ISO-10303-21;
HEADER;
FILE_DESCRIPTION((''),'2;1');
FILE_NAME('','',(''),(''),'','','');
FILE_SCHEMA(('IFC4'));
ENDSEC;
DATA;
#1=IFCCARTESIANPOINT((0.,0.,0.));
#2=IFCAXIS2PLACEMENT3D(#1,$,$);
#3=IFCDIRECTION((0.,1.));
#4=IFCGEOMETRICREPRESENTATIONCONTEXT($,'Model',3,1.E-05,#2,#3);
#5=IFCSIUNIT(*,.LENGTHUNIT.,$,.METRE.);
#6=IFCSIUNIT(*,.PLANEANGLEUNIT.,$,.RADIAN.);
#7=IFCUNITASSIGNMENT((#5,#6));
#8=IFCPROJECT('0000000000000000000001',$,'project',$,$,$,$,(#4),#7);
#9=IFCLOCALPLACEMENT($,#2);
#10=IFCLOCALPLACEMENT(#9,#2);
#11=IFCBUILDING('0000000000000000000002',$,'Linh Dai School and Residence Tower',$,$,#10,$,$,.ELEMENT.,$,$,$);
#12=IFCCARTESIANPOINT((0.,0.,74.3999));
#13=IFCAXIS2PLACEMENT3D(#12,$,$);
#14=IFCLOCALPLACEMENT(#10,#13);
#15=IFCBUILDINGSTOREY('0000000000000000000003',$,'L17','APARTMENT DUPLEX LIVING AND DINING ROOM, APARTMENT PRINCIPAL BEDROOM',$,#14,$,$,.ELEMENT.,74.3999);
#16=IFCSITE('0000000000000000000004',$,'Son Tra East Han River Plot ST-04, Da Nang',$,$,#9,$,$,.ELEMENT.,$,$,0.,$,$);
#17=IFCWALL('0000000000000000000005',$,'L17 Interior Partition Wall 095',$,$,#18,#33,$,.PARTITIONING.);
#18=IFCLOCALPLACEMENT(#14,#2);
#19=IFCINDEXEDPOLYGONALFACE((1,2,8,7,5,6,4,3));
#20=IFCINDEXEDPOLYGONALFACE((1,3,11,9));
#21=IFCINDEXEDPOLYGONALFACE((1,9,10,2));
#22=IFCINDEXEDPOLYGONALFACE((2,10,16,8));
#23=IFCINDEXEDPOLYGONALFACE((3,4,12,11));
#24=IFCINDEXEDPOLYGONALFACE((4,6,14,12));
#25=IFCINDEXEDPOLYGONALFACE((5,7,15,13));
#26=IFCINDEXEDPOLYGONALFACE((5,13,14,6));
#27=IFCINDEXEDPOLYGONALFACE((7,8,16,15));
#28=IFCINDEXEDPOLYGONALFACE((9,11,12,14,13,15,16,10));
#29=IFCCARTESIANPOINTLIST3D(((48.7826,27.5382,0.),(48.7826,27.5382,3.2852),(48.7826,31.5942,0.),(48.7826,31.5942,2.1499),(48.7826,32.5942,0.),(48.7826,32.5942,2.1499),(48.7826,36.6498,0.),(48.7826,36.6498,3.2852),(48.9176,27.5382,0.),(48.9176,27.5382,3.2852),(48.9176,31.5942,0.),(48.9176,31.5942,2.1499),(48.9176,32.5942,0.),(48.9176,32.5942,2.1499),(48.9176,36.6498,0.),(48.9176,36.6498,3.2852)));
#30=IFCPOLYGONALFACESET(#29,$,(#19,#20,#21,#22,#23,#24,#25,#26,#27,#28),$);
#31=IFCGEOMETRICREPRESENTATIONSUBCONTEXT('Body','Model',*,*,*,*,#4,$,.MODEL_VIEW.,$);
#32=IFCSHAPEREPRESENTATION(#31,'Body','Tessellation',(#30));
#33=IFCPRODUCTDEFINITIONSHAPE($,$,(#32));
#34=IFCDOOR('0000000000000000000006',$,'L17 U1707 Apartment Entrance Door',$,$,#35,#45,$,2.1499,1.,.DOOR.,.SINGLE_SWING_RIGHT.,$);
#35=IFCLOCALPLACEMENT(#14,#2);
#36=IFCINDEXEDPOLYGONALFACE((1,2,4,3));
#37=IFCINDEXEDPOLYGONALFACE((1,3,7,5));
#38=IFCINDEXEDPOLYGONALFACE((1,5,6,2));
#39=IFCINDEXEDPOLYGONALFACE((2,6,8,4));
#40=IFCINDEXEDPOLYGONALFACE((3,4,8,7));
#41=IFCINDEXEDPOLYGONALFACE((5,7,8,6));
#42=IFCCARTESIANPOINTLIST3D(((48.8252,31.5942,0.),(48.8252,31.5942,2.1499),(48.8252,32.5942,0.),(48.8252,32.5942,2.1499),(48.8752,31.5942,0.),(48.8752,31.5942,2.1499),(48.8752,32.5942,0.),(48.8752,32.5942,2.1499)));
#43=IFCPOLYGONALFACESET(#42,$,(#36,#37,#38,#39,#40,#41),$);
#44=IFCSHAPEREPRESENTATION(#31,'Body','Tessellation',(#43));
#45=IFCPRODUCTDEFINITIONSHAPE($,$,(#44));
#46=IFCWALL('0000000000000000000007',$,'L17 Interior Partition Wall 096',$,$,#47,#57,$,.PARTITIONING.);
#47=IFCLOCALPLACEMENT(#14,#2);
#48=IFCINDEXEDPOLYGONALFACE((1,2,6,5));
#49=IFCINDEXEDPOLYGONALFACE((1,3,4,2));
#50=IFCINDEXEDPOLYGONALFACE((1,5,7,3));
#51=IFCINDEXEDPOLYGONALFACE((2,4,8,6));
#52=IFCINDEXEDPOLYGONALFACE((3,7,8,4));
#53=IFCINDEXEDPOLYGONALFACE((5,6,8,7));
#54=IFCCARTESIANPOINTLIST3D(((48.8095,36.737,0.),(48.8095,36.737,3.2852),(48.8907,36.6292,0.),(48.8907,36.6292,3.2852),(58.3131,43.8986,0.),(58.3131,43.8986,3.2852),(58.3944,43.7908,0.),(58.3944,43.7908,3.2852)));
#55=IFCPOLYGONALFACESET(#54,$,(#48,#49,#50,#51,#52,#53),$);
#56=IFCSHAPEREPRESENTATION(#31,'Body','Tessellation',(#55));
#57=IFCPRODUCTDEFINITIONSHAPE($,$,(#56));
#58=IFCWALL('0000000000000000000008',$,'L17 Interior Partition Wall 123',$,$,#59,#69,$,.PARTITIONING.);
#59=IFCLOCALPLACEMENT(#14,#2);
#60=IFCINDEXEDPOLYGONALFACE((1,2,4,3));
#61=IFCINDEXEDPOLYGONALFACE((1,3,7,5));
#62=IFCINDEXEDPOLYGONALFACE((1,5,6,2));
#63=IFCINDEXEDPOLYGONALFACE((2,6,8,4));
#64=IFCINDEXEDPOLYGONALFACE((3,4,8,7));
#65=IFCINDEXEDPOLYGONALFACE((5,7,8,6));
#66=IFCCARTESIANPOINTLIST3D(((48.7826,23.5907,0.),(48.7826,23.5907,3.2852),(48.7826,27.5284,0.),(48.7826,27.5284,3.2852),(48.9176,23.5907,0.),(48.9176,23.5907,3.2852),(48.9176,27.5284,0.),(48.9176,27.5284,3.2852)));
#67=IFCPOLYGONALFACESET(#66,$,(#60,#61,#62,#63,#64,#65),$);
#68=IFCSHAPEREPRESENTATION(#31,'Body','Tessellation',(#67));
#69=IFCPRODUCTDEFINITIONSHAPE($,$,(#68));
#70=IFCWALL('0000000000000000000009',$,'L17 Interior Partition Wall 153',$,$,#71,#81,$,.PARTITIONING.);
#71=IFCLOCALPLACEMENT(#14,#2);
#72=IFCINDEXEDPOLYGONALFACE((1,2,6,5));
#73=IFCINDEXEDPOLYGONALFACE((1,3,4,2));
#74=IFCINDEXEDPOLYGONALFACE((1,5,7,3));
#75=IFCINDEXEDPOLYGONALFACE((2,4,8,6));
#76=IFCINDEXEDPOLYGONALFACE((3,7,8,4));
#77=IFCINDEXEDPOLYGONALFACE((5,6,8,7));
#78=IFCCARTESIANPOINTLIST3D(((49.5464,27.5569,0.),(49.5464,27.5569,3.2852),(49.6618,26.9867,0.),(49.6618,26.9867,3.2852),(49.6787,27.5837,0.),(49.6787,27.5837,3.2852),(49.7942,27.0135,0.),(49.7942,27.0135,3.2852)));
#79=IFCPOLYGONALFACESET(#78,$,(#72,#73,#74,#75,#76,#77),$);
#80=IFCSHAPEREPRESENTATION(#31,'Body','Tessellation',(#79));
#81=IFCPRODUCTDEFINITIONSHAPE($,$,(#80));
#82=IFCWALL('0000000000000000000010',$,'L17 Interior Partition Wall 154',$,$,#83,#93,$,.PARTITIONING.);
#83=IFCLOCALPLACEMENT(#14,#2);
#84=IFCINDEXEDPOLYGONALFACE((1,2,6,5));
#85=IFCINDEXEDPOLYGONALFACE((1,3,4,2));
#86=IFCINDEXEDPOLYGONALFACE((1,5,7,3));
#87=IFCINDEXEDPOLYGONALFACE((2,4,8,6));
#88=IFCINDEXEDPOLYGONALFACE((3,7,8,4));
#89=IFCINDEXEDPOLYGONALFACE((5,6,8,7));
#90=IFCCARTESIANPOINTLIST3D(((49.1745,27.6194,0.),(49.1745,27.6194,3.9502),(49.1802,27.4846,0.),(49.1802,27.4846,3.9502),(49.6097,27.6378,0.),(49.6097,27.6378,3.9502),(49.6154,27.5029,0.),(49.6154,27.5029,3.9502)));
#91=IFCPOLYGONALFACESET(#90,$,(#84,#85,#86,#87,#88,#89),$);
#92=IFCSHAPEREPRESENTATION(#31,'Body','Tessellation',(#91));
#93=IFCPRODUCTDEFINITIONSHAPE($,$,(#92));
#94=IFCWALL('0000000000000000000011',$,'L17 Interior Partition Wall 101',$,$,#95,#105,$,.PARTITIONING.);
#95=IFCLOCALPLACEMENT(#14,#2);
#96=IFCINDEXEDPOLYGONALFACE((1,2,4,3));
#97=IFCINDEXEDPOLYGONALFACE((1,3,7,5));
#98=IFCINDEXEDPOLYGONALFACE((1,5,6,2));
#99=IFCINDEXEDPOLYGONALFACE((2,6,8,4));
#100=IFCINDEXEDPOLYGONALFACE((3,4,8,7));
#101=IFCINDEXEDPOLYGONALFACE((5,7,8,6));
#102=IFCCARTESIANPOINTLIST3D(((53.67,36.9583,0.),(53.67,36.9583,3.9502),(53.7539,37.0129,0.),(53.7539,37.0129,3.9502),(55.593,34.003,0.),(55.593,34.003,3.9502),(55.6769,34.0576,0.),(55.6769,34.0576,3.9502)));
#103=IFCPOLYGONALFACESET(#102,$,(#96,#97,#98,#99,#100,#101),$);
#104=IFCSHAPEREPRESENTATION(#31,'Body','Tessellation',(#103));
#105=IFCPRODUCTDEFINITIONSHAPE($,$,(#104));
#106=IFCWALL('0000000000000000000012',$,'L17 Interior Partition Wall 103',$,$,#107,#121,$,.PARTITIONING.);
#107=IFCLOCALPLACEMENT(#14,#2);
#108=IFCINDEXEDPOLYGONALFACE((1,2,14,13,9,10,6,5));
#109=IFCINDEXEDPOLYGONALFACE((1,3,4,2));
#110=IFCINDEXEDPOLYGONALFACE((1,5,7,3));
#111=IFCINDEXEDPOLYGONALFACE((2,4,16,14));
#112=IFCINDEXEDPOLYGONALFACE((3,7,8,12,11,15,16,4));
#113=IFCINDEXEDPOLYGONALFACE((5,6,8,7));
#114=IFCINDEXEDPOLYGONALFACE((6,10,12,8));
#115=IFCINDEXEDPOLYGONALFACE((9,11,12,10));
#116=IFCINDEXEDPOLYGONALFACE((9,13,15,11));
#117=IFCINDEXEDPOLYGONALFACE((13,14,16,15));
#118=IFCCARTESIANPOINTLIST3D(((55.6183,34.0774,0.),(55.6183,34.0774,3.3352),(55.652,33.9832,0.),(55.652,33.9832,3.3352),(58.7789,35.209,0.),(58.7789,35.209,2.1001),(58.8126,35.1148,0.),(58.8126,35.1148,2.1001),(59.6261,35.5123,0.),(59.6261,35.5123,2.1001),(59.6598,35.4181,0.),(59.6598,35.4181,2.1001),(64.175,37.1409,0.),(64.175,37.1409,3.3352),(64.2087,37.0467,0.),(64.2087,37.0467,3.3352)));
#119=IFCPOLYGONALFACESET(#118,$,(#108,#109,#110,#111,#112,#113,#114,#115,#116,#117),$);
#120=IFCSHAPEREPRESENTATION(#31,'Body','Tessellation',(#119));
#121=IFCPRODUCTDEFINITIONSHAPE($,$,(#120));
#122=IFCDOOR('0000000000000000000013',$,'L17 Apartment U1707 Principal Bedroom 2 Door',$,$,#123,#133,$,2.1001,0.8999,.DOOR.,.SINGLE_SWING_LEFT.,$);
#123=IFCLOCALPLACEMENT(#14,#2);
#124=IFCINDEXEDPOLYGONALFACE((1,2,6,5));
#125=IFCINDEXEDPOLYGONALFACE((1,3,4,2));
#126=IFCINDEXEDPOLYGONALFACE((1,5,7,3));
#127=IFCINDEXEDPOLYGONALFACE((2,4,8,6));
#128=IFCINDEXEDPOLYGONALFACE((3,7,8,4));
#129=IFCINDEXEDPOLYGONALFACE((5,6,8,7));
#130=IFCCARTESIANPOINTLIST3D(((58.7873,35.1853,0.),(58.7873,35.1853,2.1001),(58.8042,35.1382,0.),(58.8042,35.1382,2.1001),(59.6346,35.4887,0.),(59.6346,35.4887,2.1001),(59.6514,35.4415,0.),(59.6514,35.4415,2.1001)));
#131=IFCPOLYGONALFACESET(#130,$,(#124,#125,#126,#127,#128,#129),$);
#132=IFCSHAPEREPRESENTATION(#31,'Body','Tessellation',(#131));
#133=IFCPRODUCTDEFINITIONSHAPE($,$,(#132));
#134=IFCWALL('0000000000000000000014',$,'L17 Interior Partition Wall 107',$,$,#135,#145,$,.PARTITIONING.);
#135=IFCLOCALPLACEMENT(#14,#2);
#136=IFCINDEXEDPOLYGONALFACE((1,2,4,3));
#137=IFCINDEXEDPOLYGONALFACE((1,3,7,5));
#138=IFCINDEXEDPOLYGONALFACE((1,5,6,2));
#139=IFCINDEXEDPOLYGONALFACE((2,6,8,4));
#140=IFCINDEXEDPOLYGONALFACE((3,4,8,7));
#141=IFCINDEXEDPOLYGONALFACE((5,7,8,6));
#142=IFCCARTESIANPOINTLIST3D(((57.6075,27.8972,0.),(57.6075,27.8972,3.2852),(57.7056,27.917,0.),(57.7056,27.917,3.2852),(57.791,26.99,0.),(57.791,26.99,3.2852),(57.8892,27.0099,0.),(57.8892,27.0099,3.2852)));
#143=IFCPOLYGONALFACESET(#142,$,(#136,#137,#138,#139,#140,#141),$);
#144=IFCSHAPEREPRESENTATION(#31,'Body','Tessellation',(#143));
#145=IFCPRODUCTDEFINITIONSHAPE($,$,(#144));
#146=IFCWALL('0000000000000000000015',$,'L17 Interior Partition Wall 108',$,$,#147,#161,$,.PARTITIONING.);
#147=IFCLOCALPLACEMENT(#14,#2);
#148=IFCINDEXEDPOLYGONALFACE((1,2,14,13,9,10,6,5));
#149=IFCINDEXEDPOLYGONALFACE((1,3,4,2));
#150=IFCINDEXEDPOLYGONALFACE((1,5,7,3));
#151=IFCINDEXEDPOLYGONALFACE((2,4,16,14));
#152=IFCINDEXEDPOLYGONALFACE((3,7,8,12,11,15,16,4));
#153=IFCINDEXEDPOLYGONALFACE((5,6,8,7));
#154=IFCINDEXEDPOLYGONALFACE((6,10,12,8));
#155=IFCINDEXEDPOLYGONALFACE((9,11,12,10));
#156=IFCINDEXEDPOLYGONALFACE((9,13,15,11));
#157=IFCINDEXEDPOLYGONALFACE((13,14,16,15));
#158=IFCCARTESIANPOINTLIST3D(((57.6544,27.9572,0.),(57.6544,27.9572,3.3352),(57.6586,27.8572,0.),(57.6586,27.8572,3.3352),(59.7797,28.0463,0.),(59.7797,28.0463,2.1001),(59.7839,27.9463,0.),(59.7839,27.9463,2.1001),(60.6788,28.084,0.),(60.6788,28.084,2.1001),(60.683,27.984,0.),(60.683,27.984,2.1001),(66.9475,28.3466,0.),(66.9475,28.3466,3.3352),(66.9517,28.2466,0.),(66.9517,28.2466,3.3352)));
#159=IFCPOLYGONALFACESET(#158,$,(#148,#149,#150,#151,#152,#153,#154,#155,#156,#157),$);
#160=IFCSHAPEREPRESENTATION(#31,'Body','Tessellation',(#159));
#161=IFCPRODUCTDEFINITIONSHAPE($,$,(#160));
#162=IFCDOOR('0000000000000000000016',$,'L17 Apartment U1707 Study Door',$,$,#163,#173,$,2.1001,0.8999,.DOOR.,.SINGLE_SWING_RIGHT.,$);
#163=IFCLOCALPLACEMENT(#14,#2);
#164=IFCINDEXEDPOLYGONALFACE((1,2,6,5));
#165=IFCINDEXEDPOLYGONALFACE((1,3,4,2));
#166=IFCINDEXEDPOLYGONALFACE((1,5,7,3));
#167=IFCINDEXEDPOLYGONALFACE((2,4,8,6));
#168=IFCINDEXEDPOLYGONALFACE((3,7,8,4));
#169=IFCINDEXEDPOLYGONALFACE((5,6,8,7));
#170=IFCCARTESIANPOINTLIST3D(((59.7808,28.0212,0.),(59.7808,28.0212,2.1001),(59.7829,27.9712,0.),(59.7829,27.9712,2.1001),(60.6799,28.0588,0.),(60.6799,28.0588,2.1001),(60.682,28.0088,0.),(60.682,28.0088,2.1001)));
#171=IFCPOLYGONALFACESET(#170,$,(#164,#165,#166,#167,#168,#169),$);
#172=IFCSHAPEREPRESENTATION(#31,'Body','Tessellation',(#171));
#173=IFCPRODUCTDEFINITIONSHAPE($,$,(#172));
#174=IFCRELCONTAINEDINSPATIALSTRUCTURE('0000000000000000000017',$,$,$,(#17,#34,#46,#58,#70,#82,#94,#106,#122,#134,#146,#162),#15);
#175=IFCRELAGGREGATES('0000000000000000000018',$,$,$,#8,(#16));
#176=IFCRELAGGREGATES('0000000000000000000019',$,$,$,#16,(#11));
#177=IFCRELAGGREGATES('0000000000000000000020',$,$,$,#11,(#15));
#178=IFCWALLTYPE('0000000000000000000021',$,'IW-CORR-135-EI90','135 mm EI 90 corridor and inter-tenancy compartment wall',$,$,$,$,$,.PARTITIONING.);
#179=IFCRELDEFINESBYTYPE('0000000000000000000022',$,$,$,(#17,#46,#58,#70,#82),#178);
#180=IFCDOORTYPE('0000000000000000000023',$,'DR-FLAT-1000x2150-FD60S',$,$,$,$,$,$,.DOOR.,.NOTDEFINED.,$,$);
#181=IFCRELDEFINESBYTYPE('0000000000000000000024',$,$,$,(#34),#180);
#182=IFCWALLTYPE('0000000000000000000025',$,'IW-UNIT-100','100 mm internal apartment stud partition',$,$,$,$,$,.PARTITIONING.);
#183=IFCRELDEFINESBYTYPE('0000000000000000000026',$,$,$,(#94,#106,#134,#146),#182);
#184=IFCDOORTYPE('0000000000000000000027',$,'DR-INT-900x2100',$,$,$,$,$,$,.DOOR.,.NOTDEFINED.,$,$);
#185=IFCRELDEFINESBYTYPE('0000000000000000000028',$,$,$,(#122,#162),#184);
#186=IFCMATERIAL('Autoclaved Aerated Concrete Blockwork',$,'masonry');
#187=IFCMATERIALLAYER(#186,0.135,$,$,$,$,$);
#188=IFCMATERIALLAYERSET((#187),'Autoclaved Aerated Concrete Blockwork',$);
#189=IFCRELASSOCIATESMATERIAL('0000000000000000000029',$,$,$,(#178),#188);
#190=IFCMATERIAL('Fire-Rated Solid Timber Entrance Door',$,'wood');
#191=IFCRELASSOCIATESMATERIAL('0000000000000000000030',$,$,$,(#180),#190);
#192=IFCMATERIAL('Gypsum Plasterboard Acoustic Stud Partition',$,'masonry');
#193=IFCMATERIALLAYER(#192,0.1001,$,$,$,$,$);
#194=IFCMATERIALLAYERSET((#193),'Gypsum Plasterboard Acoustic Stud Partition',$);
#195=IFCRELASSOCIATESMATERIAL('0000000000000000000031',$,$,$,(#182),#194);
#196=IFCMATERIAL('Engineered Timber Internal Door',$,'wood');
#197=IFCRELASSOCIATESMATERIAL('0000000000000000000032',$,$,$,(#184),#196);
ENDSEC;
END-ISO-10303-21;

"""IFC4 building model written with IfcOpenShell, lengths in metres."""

from ifc_helpers import new_model, si_unit, direction, frame, frame_2d, origin, origin_2d, place, context, subcontext, project, spatial, rectangle, extrude, source, transform, mapped, material, layer, layer_set, type_object, element, fill, save


model = new_model("IFC4")

# Units and contexts
model_context = context("Model", 3, precision=1e-05, world=origin(), true_north=direction((0.0, 1.0)))
body_context = subcontext(model_context, "Body", "Model", "MODEL_VIEW")
ifc_project = project(units=[si_unit("LENGTHUNIT", "METRE"), si_unit("PLANEANGLEUNIT", "RADIAN")], contexts=[model_context])

# Site, building, storey
site_placement = place(None, origin())
site = spatial("IfcSite", under=ifc_project, at=site_placement, Name="Son Tra East Han River Plot ST-04, Da Nang", CompositionType="ELEMENT", RefElevation=0.0)
building_placement = place(site_placement, origin())
building = spatial("IfcBuilding", under=site, at=building_placement, Name="Linh Dai School and Residence Tower", CompositionType="ELEMENT")
storey_placement = place(building_placement, frame((0.0, 0.0, 74.3999)))
storey = spatial("IfcBuildingStorey", under=building, at=storey_placement, Name="L17", Description="APARTMENT DUPLEX LIVING AND DINING ROOM, APARTMENT PRINCIPAL BEDROOM", CompositionType="ELEMENT", Elevation=74.3999)

# Wall, opening, door
ifc_material_1 = material(Name="Autoclaved Aerated Concrete Blockwork", Category="masonry")
ifc_layer_1 = layer(ifc_material_1, 0.135)
ifc_layer_set_1 = layer_set([ifc_layer_1], Name="Autoclaved Aerated Concrete Blockwork")
wall_type_1 = type_object("IfcWallType", Name="IW-CORR-135-EI90", Description="135 mm EI 90 corridor and inter-tenancy compartment wall", PredefinedType="PARTITIONING", material=ifc_layer_set_1)
wall_1_placement = place(storey_placement, frame((48.8501, 27.5383, 0.0), z_axis=(0.0, 0.0, 1.0), x_axis=(0.0, 1.0, 0.0)))
wall_1 = element("IfcWall", 1, at=wall_1_placement, inside=storey, type_object=wall_type_1, Name="L17 Interior Partition Wall 095", PredefinedType="PARTITIONING", context=body_context, shape_type="SweptSolid", body=[
    extrude(rectangle(XDim=9.1116, YDim=0.135, at=frame_2d((4.5557, 0.0))), origin(), (0.0, 0.0, 1.0), 3.2852),
])
opening_1_placement = place(wall_1_placement, frame((4.0559, 0.0, 0.0)))
opening_1 = element("IfcOpeningElement", 2, at=opening_1_placement, cuts=wall_1, PredefinedType="OPENING", context=body_context, shape_type="SweptSolid", body=[
    extrude(rectangle(XDim=1.0, YDim=2.1499, at=origin_2d()), frame((0.5, 0.0776, 1.075), z_axis=(0.0, -1.0, 0.0), x_axis=(1.0, 0.0, 0.0)), (0.0, 0.0, 1.0), 0.155),
])
ifc_material_2 = material(Name="Fire-Rated Solid Timber Entrance Door", Category="wood")
door_type_1 = type_object("IfcDoorType", Name="DR-FLAT-1000x2150-FD60S", OperationType="NOTDEFINED", PredefinedType="DOOR", material=ifc_material_2)
shared_shape_1 = source(origin(), body_context, "Body", "SweptSolid", [
    extrude(rectangle(XDim=1.0, YDim=2.1499, at=origin_2d()), frame((0.5, 0.0249, 1.075), z_axis=(0.0, -1.0, 0.0), x_axis=(1.0, 0.0, 0.0)), (0.0, 0.0, 1.0), 0.05),
])
door_1_placement = place(opening_1_placement, origin())
door_1 = element("IfcDoor", 3, at=door_1_placement, inside=storey, type_object=door_type_1, Name="L17 U1707 Apartment Entrance Door", OperationType="SINGLE_SWING_RIGHT", OverallHeight=2.1499, OverallWidth=1.0, PredefinedType="DOOR", context=body_context, shape_type="MappedRepresentation", body=[
    mapped(shared_shape_1, transform((0.0, 0.0, 0.0), x_axis=(1.0, 0.0, 0.0), y_axis=(0.0, 1.0, 0.0), z_axis=(0.0, 0.0, 1.0), scale=1.0)),
])
fill(opening_1, door_1)

# Walls
wall_2_placement = place(storey_placement, frame((48.8501, 36.6831, 0.0), z_axis=(0.0, 0.0, 1.0), x_axis=(0.798632, 0.60182, 0.0)))
element("IfcWall", 4, at=wall_2_placement, inside=storey, type_object=wall_type_1, Name="L17 Interior Partition Wall 096", PredefinedType="PARTITIONING", context=body_context, shape_type="SweptSolid", body=[
    extrude(rectangle(XDim=11.8999, YDim=0.135, at=frame_2d((5.95, 0.0))), origin(), (0.0, 0.0, 1.0), 3.2852),
])
wall_3_placement = place(storey_placement, frame((48.8501, 27.5283, 0.0), z_axis=(0.0, 0.0, 1.0), x_axis=(0.0, -1.0, 0.0)))
element("IfcWall", 5, at=wall_3_placement, inside=storey, type_object=wall_type_1, Name="L17 Interior Partition Wall 123", PredefinedType="PARTITIONING", context=body_context, shape_type="SweptSolid", body=[
    extrude(rectangle(XDim=3.9377, YDim=0.135, at=frame_2d((1.9688, 0.0))), origin(), (0.0, 0.0, 1.0), 3.2852),
])
wall_4_placement = place(storey_placement, frame((49.728, 27.0, 0.0), z_axis=(0.0, 0.0, 1.0), x_axis=(-0.198455, 0.98011, 0.0)))
element("IfcWall", 6, at=wall_4_placement, inside=storey, type_object=wall_type_1, Name="L17 Interior Partition Wall 153", PredefinedType="PARTITIONING", context=body_context, shape_type="SweptSolid", body=[
    extrude(rectangle(XDim=0.5818, YDim=0.135, at=frame_2d((0.291, 0.0))), origin(), (0.0, 0.0, 1.0), 3.2852),
])
wall_5_placement = place(storey_placement, frame((49.6125, 27.5703, 0.0), z_axis=(0.0, 0.0, 1.0), x_axis=(-0.999115, -0.04205, 0.0)))
element("IfcWall", 7, at=wall_5_placement, inside=storey, type_object=wall_type_1, Name="L17 Interior Partition Wall 154", PredefinedType="PARTITIONING", context=body_context, shape_type="SweptSolid", body=[
    extrude(rectangle(XDim=0.4355, YDim=0.135, at=frame_2d((0.2178, 0.0))), origin(), (0.0, 0.0, 1.0), 3.9502),
])
ifc_material_3 = material(Name="Gypsum Plasterboard Acoustic Stud Partition", Category="masonry")
ifc_layer_2 = layer(ifc_material_3, 0.1001)
ifc_layer_set_2 = layer_set([ifc_layer_2], Name="Gypsum Plasterboard Acoustic Stud Partition")
wall_type_2 = type_object("IfcWallType", Name="IW-UNIT-100", Description="100 mm internal apartment stud partition", PredefinedType="PARTITIONING", material=ifc_layer_set_2)
wall_6_placement = place(storey_placement, frame((53.7119, 36.9856, 0.0), z_axis=(0.0, 0.0, 1.0), x_axis=(0.545414, -0.838167, 0.0)))
element("IfcWall", 8, at=wall_6_placement, inside=storey, type_object=wall_type_2, Name="L17 Interior Partition Wall 101", PredefinedType="PARTITIONING", context=body_context, shape_type="SweptSolid", body=[
    extrude(rectangle(XDim=3.5259, YDim=0.1001, at=frame_2d((1.7629, 0.0))), origin(), (0.0, 0.0, 1.0), 3.9502),
])

# Wall, opening, door
wall_7_placement = place(storey_placement, frame((55.635, 34.0303, 0.0), z_axis=(0.0, 0.0, 1.0), x_axis=(0.941479, 0.337071, 0.0)))
wall_7 = element("IfcWall", 9, at=wall_7_placement, inside=storey, type_object=wall_type_2, Name="L17 Interior Partition Wall 103", PredefinedType="PARTITIONING", context=body_context, shape_type="SweptSolid", body=[
    extrude(rectangle(XDim=9.0886, YDim=0.1001, at=frame_2d((4.5444, 0.0))), origin(), (0.0, 0.0, 1.0), 3.3352),
])
opening_2_placement = place(wall_7_placement, frame((3.3572, 0.0, 0.0)))
opening_2 = element("IfcOpeningElement", 10, at=opening_2_placement, cuts=wall_7, PredefinedType="OPENING", context=body_context, shape_type="SweptSolid", body=[
    extrude(rectangle(XDim=0.8999, YDim=2.1001, at=origin_2d()), frame((0.45, 0.0601, 1.05), z_axis=(0.0, -1.0, 0.0), x_axis=(1.0, 0.0, 0.0)), (0.0, 0.0, 1.0), 0.1201),
])
ifc_material_4 = material(Name="Engineered Timber Internal Door", Category="wood")
door_type_2 = type_object("IfcDoorType", Name="DR-INT-900x2100", OperationType="NOTDEFINED", PredefinedType="DOOR", material=ifc_material_4)
shared_shape_2 = source(origin(), body_context, "Body", "SweptSolid", [
    extrude(rectangle(XDim=0.8999, YDim=2.1001, at=origin_2d()), frame((0.45, 0.0249, 1.05), z_axis=(0.0, -1.0, 0.0), x_axis=(1.0, 0.0, 0.0)), (0.0, 0.0, 1.0), 0.05),
])
door_2_placement = place(opening_2_placement, origin())
door_2 = element("IfcDoor", 11, at=door_2_placement, inside=storey, type_object=door_type_2, Name="L17 Apartment U1707 Principal Bedroom 2 Door", OperationType="SINGLE_SWING_LEFT", OverallHeight=2.1001, OverallWidth=0.8999, PredefinedType="DOOR", context=body_context, shape_type="MappedRepresentation", body=[
    mapped(shared_shape_2, transform((0.0, 0.0, 0.0), x_axis=(1.0, 0.0, 0.0), y_axis=(0.0, 1.0, 0.0), z_axis=(0.0, 0.0, 1.0), scale=1.0)),
])
fill(opening_2, door_2)

# Wall
wall_8_placement = place(storey_placement, frame((57.6565, 27.9072, 0.0), z_axis=(0.0, 0.0, 1.0), x_axis=(0.198347, -0.980132, 0.0)))
element("IfcWall", 12, at=wall_8_placement, inside=storey, type_object=wall_type_2, Name="L17 Interior Partition Wall 107", PredefinedType="PARTITIONING", context=body_context, shape_type="SweptSolid", body=[
    extrude(rectangle(XDim=0.9255, YDim=0.1001, at=frame_2d((0.4629, 0.0))), origin(), (0.0, 0.0, 1.0), 3.2852),
])

# Wall, opening, door
wall_9_placement = place(storey_placement, frame((57.6565, 27.9072, 0.0), z_axis=(0.0, 0.0, 1.0), x_axis=(0.999123, 0.041865, 0.0)))
wall_9 = element("IfcWall", 13, at=wall_9_placement, inside=storey, type_object=wall_type_2, Name="L17 Interior Partition Wall 108", PredefinedType="PARTITIONING", context=body_context, shape_type="SweptSolid", body=[
    extrude(rectangle(XDim=9.3013, YDim=0.1001, at=frame_2d((4.6506, 0.0))), origin(), (0.0, 0.0, 1.0), 3.3352),
])
opening_3_placement = place(wall_9_placement, frame((2.1272, 0.0, 0.0)))
opening_3 = element("IfcOpeningElement", 14, at=opening_3_placement, cuts=wall_9, PredefinedType="OPENING", context=body_context, shape_type="SweptSolid", body=[
    extrude(rectangle(XDim=0.8999, YDim=2.1001, at=origin_2d()), frame((0.45, 0.0601, 1.05), z_axis=(0.0, -1.0, 0.0), x_axis=(1.0, 0.0, 0.0)), (0.0, 0.0, 1.0), 0.1201),
])
door_3_placement = place(opening_3_placement, origin())
door_3 = element("IfcDoor", 15, at=door_3_placement, inside=storey, type_object=door_type_2, Name="L17 Apartment U1707 Study Door", OperationType="SINGLE_SWING_RIGHT", OverallHeight=2.1001, OverallWidth=0.8999, PredefinedType="DOOR", context=body_context, shape_type="MappedRepresentation", body=[
    mapped(shared_shape_2, transform((0.0, 0.0, 0.0), x_axis=(1.0, 0.0, 0.0), y_axis=(0.0, 1.0, 0.0), z_axis=(0.0, 0.0, 1.0), scale=1.0)),
])
fill(opening_3, door_3)

save(model, "model.ifc")
